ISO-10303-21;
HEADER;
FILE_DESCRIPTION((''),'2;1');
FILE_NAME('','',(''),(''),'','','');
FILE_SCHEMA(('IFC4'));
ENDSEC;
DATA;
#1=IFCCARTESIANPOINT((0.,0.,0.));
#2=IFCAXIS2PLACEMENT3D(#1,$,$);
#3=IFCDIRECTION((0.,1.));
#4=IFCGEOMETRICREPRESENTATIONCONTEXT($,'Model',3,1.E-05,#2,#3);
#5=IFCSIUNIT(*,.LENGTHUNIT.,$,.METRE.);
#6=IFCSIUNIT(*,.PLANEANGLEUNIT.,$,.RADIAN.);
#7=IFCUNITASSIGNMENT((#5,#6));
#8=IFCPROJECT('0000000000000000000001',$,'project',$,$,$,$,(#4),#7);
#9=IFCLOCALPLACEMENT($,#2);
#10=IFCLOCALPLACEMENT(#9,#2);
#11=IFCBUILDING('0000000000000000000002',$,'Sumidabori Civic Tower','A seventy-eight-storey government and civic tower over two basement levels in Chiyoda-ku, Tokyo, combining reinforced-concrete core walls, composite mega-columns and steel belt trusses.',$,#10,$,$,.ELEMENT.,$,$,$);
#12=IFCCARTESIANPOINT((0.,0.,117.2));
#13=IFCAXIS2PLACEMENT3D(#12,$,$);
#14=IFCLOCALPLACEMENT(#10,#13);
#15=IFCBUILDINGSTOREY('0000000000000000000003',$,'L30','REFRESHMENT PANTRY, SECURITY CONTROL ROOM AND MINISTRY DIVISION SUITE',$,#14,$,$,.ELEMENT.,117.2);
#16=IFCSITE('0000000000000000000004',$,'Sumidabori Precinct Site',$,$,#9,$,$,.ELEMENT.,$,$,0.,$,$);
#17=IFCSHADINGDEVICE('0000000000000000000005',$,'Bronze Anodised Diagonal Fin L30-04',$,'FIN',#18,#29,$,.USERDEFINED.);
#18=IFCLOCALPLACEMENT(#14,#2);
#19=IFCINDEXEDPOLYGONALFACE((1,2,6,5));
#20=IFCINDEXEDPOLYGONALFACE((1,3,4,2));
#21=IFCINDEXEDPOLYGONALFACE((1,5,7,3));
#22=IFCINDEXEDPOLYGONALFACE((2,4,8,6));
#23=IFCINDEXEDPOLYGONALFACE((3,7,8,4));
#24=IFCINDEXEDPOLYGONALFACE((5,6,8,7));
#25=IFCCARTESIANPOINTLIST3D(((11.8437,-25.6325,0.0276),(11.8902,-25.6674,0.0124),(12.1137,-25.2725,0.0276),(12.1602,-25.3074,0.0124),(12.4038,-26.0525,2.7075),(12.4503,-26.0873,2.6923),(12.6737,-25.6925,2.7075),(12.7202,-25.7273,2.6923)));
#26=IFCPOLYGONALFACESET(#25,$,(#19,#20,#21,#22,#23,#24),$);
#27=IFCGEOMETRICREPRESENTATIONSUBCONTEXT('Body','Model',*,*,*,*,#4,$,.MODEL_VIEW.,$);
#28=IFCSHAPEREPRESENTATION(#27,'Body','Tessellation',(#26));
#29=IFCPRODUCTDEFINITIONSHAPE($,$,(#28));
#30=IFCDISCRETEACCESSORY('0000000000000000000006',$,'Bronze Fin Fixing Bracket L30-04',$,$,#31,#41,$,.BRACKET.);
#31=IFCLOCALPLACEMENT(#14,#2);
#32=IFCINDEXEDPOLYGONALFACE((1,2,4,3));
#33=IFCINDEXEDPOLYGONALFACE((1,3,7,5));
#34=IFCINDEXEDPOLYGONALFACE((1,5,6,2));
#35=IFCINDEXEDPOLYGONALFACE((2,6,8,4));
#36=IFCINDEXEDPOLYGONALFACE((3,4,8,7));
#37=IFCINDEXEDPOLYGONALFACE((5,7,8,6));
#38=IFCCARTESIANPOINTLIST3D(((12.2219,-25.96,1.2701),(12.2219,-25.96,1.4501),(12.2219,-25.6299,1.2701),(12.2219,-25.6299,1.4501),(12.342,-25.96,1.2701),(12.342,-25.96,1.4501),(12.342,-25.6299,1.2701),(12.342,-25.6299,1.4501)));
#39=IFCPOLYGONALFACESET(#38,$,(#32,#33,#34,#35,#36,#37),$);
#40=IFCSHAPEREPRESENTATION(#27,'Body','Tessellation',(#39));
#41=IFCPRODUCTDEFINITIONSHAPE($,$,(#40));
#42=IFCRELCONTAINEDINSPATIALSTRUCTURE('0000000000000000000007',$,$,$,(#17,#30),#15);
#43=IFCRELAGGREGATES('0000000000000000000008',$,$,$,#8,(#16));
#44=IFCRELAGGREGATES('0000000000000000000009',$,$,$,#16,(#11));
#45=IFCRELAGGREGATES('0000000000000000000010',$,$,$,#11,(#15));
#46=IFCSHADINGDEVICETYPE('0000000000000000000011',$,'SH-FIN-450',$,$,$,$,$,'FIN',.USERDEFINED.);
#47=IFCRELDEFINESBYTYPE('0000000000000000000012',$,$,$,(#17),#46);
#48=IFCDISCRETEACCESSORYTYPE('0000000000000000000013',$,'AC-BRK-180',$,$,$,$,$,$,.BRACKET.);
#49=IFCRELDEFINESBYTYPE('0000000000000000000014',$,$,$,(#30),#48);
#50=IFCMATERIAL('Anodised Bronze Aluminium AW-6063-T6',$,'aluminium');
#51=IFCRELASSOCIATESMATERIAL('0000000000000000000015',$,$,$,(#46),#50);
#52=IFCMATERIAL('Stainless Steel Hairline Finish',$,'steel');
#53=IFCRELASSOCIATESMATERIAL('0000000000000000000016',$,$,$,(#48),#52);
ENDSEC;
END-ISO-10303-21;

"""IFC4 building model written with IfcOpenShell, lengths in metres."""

from ifc_helpers import new_model, si_unit, direction, frame, origin, origin_2d, place, context, subcontext, project, spatial, rectangle, extrude, source, transform, mapped, material, material_profile, profile_set, type_object, element, save


model = new_model("IFC4")

# Units and contexts
model_context = context("Model", 3, precision=1e-05, world=origin(), true_north=direction((0.0, 1.0)))
body_context = subcontext(model_context, "Body", "Model", "MODEL_VIEW")
ifc_project = project(units=[si_unit("LENGTHUNIT", "METRE"), si_unit("PLANEANGLEUNIT", "RADIAN")], contexts=[model_context])

# Site, building, storey
site_placement = place(None, origin())
site = spatial("IfcSite", under=ifc_project, at=site_placement, Name="Sumidabori Precinct Site", CompositionType="ELEMENT", RefElevation=0.0)
building_placement = place(site_placement, origin())
building = spatial("IfcBuilding", under=site, at=building_placement, Name="Sumidabori Civic Tower", Description="A seventy-eight-storey government and civic tower over two basement levels in Chiyoda-ku, Tokyo, combining reinforced-concrete core walls, composite mega-columns and steel belt trusses.", CompositionType="ELEMENT")
storey_placement = place(building_placement, frame((0.0, 0.0, 117.2)))
storey = spatial("IfcBuildingStorey", under=building, at=storey_placement, Name="L30", Description="REFRESHMENT PANTRY, SECURITY CONTROL ROOM AND MINISTRY DIVISION SUITE", CompositionType="ELEMENT", Elevation=117.2)

# Shared definitions
ifc_material_1 = material(Name="Anodised Bronze Aluminium AW-6063-T6", Category="aluminium")

# Shading device
ifc_material_profile_1 = material_profile(ifc_material_1, rectangle(XDim=0.0601, YDim=0.45, at=origin_2d()), Name="BRONZE FIN 450x60")
ifc_profile_set_1 = profile_set([ifc_material_profile_1], Name="Anodised Bronze Aluminium AW-6063-T6")
shading_device_type = type_object("IfcShadingDeviceType", Name="SH-FIN-450", ElementType="FIN", PredefinedType="USERDEFINED", material=ifc_profile_set_1)
shared_shape_1 = source(origin(), body_context, "Body", "SweptSolid", [
    extrude(rectangle(XDim=0.0601, YDim=0.45, at=origin_2d()), origin(), (0.0, 0.0, 1.0), 2.7698),
])
shading_device_placement = place(storey_placement, frame((12.002, -25.47, 0.02), z_axis=(0.202199, -0.151605, 0.967539), x_axis=(0.774112, -0.580415, -0.252722)))
element("IfcShadingDevice", 1, at=shading_device_placement, inside=storey, type_object=shading_device_type, Name="Bronze Anodised Diagonal Fin L30-04", ObjectType="FIN", PredefinedType="USERDEFINED", context=body_context, shape_type="MappedRepresentation", body=[
    mapped(shared_shape_1, transform((0.0, 0.0, 0.0), x_axis=(1.0, 0.0, 0.0), y_axis=(0.0, 1.0, 0.0), z_axis=(0.0, 0.0, 1.0), scale=1.0)),
])

# Discrete accessory
ifc_material_2 = material(Name="Stainless Steel Hairline Finish", Category="steel")
ifc_material_profile_2 = material_profile(ifc_material_2, rectangle(XDim=0.1201, YDim=0.1799, at=origin_2d()), Name="STEEL BRACKET 180x120")
ifc_profile_set_2 = profile_set([ifc_material_profile_2], Name="Stainless Steel Hairline Finish")
discrete_accessory_type = type_object("IfcDiscreteAccessoryType", Name="AC-BRK-180", PredefinedType="BRACKET", material=ifc_profile_set_2)
shared_shape_2 = source(origin(), body_context, "Body", "SweptSolid", [
    extrude(rectangle(XDim=0.1201, YDim=0.1799, at=origin_2d()), origin(), (0.0, 0.0, 1.0), 0.3301),
])
discrete_accessory_placement = place(storey_placement, frame((12.282, -25.6299, 1.3601), z_axis=(0.0, -1.0, 0.0), x_axis=(1.0, 0.0, 0.0)))
element("IfcDiscreteAccessory", 2, at=discrete_accessory_placement, inside=storey, type_object=discrete_accessory_type, Name="Bronze Fin Fixing Bracket L30-04", PredefinedType="BRACKET", context=body_context, shape_type="MappedRepresentation", body=[
    mapped(shared_shape_2, transform((0.0, 0.0, 0.0), x_axis=(1.0, 0.0, 0.0), y_axis=(0.0, 1.0, 0.0), z_axis=(0.0, 0.0, 1.0), scale=1.0)),
])

save(model, "model.ifc")
